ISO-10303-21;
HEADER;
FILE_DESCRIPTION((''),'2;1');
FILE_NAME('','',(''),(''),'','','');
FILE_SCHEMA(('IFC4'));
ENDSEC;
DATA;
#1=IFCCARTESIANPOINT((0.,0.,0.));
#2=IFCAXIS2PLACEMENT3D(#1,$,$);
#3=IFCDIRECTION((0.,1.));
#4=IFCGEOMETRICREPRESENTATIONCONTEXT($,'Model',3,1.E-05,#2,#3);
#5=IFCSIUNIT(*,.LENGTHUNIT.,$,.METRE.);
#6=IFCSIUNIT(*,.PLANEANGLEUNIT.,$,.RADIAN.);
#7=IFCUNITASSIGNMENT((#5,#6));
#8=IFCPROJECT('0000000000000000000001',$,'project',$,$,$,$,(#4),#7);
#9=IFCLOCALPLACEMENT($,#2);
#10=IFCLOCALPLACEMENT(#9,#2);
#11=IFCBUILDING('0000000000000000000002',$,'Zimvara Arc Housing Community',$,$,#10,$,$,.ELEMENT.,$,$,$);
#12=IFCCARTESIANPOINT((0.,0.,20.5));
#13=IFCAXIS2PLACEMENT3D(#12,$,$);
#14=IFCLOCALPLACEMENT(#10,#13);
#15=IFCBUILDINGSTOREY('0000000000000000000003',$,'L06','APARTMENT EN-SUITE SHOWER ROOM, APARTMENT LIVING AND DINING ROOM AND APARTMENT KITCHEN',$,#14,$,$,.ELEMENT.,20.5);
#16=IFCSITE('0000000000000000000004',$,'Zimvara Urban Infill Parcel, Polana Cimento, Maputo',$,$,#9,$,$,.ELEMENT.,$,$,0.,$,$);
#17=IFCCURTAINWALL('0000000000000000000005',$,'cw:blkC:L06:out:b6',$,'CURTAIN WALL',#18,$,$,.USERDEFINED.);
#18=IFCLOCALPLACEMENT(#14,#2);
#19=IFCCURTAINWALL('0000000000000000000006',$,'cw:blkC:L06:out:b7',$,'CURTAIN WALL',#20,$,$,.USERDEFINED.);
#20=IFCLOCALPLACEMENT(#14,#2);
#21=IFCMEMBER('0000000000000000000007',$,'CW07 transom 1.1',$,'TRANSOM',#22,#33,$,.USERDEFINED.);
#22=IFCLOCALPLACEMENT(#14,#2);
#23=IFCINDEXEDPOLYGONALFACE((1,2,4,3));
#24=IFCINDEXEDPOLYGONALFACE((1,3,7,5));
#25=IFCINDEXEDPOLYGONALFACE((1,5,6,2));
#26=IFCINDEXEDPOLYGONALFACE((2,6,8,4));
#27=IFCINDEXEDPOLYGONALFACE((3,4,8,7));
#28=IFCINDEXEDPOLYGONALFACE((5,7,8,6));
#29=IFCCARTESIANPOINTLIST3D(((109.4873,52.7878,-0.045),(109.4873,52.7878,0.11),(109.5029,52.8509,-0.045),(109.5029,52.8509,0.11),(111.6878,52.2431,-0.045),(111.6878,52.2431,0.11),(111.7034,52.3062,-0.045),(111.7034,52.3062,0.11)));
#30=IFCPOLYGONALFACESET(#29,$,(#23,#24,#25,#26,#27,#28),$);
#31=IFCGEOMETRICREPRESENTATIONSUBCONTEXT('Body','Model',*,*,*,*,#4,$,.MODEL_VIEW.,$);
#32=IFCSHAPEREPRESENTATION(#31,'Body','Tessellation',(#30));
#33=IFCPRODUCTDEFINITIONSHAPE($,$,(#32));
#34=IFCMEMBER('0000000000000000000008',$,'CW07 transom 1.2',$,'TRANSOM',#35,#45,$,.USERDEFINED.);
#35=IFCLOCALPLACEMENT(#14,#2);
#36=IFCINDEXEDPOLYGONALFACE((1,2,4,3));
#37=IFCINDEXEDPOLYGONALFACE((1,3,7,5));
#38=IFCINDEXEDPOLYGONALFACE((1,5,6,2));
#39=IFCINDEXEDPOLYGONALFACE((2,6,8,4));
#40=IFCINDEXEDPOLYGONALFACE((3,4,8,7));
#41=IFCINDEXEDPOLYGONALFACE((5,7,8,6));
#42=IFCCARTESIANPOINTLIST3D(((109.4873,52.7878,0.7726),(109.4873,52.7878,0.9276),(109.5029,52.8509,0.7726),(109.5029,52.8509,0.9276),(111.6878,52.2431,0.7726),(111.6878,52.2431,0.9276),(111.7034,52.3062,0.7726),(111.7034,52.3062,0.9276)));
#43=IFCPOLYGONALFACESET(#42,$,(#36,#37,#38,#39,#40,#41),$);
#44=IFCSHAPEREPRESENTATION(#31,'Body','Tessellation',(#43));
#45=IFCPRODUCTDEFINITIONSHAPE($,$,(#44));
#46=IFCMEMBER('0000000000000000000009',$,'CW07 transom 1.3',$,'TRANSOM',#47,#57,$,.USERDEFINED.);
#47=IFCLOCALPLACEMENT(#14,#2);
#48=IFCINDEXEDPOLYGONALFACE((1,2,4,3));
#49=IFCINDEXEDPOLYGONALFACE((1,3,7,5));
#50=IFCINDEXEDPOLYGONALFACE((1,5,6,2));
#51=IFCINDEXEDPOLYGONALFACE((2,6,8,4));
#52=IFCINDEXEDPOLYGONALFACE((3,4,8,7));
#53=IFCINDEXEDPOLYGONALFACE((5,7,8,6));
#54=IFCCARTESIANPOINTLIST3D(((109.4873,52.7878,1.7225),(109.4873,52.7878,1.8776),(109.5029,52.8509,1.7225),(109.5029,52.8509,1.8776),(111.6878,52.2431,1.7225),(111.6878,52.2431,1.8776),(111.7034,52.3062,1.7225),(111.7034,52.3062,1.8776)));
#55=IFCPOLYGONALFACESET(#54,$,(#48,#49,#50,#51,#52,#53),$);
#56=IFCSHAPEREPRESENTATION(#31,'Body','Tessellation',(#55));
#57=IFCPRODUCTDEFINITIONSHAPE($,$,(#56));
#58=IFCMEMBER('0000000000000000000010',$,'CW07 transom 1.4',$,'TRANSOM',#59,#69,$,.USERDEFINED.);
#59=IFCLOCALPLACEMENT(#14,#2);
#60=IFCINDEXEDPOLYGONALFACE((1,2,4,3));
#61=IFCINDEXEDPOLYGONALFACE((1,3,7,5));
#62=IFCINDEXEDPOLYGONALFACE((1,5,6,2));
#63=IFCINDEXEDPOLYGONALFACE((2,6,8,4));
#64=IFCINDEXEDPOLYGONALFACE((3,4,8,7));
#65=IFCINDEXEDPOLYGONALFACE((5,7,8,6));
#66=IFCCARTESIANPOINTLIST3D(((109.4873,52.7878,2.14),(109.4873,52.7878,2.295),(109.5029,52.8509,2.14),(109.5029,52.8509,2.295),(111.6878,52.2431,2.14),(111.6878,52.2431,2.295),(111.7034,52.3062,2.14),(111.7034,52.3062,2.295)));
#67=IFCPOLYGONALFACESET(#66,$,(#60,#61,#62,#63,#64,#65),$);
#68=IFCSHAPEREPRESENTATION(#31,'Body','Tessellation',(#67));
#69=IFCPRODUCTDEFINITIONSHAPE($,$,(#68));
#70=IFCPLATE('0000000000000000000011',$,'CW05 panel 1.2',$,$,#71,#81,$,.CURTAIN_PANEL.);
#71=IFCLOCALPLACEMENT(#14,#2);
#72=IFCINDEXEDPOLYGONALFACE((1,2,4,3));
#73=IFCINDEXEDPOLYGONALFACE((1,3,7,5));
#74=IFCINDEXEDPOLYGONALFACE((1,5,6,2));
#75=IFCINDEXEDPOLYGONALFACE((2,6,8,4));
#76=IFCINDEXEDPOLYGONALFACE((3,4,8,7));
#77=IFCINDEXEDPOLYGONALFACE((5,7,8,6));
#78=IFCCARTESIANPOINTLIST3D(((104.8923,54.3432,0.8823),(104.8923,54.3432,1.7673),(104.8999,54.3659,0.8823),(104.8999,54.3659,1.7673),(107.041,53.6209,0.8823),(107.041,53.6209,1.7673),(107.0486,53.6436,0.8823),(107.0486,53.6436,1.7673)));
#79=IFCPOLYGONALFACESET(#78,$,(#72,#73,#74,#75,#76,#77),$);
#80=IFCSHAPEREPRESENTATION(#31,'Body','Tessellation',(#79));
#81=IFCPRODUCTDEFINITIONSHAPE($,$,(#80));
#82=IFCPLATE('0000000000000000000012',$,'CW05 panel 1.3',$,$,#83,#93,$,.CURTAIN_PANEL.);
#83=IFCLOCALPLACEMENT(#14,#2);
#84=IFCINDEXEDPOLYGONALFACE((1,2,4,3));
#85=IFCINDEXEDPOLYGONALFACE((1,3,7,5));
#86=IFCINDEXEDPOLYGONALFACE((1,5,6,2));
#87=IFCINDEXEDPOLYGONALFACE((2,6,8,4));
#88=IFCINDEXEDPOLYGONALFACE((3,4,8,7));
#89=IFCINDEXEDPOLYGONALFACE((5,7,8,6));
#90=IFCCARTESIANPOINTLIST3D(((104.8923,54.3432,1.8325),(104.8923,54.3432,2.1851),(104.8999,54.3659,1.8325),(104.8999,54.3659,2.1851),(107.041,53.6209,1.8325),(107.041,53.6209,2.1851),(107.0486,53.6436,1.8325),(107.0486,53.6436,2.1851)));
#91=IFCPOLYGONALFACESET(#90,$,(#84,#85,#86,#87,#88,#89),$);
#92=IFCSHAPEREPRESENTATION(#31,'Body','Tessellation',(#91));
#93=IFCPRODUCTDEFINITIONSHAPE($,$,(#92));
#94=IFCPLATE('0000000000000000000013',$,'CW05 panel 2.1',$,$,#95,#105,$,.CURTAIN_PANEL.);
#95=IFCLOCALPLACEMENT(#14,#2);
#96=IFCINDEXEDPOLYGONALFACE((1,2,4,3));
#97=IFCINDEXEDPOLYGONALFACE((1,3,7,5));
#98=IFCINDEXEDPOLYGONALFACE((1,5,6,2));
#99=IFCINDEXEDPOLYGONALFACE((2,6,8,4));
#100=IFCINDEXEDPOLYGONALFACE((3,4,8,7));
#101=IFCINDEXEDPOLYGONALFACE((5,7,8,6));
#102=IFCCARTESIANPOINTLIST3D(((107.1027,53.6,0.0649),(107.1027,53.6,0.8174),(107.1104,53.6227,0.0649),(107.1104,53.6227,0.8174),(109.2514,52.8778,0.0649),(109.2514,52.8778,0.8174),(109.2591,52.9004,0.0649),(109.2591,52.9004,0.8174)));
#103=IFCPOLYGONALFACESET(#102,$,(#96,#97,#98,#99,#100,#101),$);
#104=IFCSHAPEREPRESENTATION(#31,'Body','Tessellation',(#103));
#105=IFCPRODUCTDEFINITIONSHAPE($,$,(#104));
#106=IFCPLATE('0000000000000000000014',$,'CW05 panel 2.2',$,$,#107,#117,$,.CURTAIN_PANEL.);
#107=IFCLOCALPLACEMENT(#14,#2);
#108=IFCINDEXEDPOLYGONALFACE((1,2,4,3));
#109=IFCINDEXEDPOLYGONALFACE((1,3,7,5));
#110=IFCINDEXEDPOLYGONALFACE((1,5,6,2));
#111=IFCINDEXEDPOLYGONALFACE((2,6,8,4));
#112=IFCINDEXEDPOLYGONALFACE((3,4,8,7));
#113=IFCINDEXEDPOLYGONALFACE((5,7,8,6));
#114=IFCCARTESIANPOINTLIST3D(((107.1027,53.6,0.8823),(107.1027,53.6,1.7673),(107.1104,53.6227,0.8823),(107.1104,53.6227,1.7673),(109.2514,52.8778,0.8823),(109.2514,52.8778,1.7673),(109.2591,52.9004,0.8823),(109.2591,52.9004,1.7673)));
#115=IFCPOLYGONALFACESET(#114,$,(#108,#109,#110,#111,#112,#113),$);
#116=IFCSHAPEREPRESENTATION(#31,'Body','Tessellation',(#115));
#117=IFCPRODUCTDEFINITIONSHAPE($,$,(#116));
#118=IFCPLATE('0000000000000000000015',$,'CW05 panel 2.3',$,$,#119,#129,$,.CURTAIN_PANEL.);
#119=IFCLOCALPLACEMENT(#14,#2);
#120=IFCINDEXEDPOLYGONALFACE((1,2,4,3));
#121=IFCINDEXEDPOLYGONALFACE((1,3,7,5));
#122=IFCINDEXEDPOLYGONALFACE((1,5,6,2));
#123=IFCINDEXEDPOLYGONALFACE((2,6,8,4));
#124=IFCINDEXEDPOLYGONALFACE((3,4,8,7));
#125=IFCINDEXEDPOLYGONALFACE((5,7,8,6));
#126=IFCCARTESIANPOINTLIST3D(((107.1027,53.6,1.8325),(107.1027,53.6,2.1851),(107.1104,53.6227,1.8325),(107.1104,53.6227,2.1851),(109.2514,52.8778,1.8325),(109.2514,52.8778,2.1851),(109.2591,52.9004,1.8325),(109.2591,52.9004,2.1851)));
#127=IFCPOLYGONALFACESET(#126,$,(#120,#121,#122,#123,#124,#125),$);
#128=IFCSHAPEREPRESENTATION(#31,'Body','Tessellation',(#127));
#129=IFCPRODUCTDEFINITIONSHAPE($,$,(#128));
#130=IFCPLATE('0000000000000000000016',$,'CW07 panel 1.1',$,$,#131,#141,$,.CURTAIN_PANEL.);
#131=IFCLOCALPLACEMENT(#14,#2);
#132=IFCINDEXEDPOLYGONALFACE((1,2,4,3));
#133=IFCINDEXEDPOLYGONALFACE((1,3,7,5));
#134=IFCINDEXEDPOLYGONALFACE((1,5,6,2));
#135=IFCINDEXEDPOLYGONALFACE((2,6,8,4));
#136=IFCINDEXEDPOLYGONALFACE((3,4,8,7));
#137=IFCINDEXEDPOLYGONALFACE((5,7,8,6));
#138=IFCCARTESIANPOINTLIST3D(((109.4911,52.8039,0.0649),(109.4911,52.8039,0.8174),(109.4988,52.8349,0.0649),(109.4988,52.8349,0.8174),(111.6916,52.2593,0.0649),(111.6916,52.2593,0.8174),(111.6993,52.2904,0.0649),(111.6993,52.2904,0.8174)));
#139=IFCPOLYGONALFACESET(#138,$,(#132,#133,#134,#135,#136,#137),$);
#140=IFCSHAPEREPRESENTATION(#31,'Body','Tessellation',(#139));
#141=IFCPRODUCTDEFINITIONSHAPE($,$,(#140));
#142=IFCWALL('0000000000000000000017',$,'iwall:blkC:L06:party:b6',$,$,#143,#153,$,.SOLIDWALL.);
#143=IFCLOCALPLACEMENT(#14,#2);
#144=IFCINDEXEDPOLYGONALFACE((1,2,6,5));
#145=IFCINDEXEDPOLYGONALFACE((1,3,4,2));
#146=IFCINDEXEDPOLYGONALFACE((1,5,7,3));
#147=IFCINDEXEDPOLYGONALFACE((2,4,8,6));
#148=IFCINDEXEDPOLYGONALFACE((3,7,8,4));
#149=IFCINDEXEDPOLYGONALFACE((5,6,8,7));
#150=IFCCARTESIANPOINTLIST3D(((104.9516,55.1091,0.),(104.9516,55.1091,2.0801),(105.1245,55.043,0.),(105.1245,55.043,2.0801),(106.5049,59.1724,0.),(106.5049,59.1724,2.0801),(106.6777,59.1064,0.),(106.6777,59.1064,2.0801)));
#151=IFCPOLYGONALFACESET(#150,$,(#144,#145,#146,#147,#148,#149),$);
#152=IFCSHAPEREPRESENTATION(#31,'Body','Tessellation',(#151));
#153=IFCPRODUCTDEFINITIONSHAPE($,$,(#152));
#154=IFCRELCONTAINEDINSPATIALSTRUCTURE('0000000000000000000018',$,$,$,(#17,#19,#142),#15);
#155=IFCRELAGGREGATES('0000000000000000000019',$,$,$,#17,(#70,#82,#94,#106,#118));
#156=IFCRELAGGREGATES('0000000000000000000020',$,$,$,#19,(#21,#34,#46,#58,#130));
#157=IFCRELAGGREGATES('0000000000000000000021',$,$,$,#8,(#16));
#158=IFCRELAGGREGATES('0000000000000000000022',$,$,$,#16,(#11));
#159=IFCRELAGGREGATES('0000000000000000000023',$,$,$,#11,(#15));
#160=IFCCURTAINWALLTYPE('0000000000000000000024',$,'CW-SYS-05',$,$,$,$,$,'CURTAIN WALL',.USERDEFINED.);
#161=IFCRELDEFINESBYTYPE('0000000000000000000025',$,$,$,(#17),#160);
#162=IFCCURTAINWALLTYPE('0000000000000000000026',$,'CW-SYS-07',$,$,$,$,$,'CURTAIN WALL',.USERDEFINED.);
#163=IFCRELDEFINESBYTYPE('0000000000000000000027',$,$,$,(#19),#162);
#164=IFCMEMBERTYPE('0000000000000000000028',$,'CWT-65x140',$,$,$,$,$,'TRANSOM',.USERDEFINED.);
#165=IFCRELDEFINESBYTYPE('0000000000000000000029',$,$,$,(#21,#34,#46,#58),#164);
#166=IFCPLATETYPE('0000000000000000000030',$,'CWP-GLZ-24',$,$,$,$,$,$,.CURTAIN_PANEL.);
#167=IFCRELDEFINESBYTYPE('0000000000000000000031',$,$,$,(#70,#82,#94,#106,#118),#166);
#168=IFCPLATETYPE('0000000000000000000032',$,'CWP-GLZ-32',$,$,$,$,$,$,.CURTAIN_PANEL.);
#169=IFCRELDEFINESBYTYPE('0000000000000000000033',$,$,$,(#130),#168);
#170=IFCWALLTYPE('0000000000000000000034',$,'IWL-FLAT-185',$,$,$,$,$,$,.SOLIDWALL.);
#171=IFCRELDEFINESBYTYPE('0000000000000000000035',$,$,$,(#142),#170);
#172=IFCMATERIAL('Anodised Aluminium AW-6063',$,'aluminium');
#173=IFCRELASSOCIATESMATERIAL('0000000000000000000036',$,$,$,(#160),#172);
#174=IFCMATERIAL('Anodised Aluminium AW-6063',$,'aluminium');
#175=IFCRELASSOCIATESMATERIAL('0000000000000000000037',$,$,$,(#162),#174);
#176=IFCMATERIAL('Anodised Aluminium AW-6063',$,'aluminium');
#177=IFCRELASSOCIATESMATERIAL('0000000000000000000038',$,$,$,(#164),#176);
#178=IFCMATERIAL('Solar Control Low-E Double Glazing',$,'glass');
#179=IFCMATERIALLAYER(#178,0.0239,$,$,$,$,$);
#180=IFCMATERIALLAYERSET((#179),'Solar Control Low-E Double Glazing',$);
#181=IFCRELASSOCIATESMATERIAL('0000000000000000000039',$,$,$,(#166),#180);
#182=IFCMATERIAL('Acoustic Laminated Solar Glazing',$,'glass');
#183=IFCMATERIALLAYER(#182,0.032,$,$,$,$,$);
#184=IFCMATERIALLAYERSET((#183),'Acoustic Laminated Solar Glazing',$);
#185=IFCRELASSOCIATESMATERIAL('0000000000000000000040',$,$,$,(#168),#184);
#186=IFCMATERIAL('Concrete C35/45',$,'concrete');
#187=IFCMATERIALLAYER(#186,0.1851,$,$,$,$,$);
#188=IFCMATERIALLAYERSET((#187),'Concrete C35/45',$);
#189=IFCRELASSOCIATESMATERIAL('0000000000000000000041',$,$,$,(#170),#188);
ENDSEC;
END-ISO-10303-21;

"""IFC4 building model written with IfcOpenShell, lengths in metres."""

from ifc_helpers import new_model, si_unit, direction, frame, frame_2d, origin, origin_2d, place, context, subcontext, project, spatial, rectangle, extrude, material, layer, layer_set, material_profile, profile_set, type_object, element, aggregate, save


model = new_model("IFC4")

# Units and contexts
model_context = context("Model", 3, precision=1e-05, world=origin(), true_north=direction((0.0, 1.0)))
body_context = subcontext(model_context, "Body", "Model", "MODEL_VIEW")
ifc_project = project(units=[si_unit("LENGTHUNIT", "METRE"), si_unit("PLANEANGLEUNIT", "RADIAN")], contexts=[model_context])

# Site, building, storey
site_placement = place(None, origin())
site = spatial("IfcSite", under=ifc_project, at=site_placement, Name="Zimvara Urban Infill Parcel, Polana Cimento, Maputo", CompositionType="ELEMENT", RefElevation=0.0)
building_placement = place(site_placement, origin())
building = spatial("IfcBuilding", under=site, at=building_placement, Name="Zimvara Arc Housing Community", CompositionType="ELEMENT")
storey_placement = place(building_placement, frame((0.0, 0.0, 20.5)))
storey = spatial("IfcBuildingStorey", under=building, at=storey_placement, Name="L06", Description="APARTMENT EN-SUITE SHOWER ROOM, APARTMENT LIVING AND DINING ROOM AND APARTMENT KITCHEN", CompositionType="ELEMENT", Elevation=20.5)

# Curtain wall
ifc_material_1 = material(Name="Anodised Aluminium AW-6063", Category="aluminium")
curtain_wall_type_1 = type_object("IfcCurtainWallType", Name="CW-SYS-05", ElementType="CURTAIN WALL", PredefinedType="USERDEFINED", material=ifc_material_1)
curtain_wall_1_placement = place(storey_placement, origin())
curtain_wall_1 = element("IfcCurtainWall", 1, at=curtain_wall_1_placement, inside=storey, type_object=curtain_wall_type_1, Name="cw:blkC:L06:out:b6", ObjectType="CURTAIN WALL", PredefinedType="USERDEFINED")

# Curtain wall
ifc_material_2 = material(Name="Anodised Aluminium AW-6063", Category="aluminium")
curtain_wall_type_2 = type_object("IfcCurtainWallType", Name="CW-SYS-07", ElementType="CURTAIN WALL", PredefinedType="USERDEFINED", material=ifc_material_2)
curtain_wall_2_placement = place(storey_placement, origin())
curtain_wall_2 = element("IfcCurtainWall", 2, at=curtain_wall_2_placement, inside=storey, type_object=curtain_wall_type_2, Name="cw:blkC:L06:out:b7", ObjectType="CURTAIN WALL", PredefinedType="USERDEFINED")

# Members
ifc_material_3 = material(Name="Anodised Aluminium AW-6063", Category="aluminium")
ifc_material_profile_1 = material_profile(ifc_material_3, rectangle(XDim=0.0649, YDim=0.155, at=origin_2d()), Name="ALU 65x155")
ifc_profile_set_1 = profile_set([ifc_material_profile_1], Name="Anodised Aluminium AW-6063")
member_type_1 = type_object("IfcMemberType", Name="CWT-65x140", ElementType="TRANSOM", PredefinedType="USERDEFINED", material=ifc_profile_set_1)
member_1_placement = place(storey_placement, frame((109.4951, 52.8193, 0.0325), z_axis=(0.970704, -0.24028, 0.0), x_axis=(0.24028, 0.970704, 0.0)))
member_1 = element("IfcMember", 3, at=member_1_placement, type_object=member_type_1, Name="CW07 transom 1.1", ObjectType="TRANSOM", PredefinedType="USERDEFINED", context=body_context, shape_type="SweptSolid", body=[
    extrude(rectangle(XDim=0.0649, YDim=0.155, at=origin_2d()), origin(), (0.0, 0.0, 1.0), 2.2668),
])
member_2_placement = place(storey_placement, frame((109.4951, 52.8193, 0.8501), z_axis=(0.970704, -0.24028, 0.0), x_axis=(0.24028, 0.970704, 0.0)))
member_2 = element("IfcMember", 4, at=member_2_placement, type_object=member_type_1, Name="CW07 transom 1.2", ObjectType="TRANSOM", PredefinedType="USERDEFINED", context=body_context, shape_type="SweptSolid", body=[
    extrude(rectangle(XDim=0.0649, YDim=0.155, at=origin_2d()), origin(), (0.0, 0.0, 1.0), 2.2668),
])
member_3_placement = place(storey_placement, frame((109.4951, 52.8193, 1.8), z_axis=(0.970704, -0.24028, 0.0), x_axis=(0.24028, 0.970704, 0.0)))
member_3 = element("IfcMember", 5, at=member_3_placement, type_object=member_type_1, Name="CW07 transom 1.3", ObjectType="TRANSOM", PredefinedType="USERDEFINED", context=body_context, shape_type="SweptSolid", body=[
    extrude(rectangle(XDim=0.0649, YDim=0.155, at=origin_2d()), origin(), (0.0, 0.0, 1.0), 2.2668),
])
member_4_placement = place(storey_placement, frame((109.4951, 52.8193, 2.2175), z_axis=(0.970704, -0.24028, 0.0), x_axis=(0.24028, 0.970704, 0.0)))
member_4 = element("IfcMember", 6, at=member_4_placement, type_object=member_type_1, Name="CW07 transom 1.4", ObjectType="TRANSOM", PredefinedType="USERDEFINED", context=body_context, shape_type="SweptSolid", body=[
    extrude(rectangle(XDim=0.0649, YDim=0.155, at=origin_2d()), origin(), (0.0, 0.0, 1.0), 2.2668),
])

# Plates
ifc_material_4 = material(Name="Solar Control Low-E Double Glazing", Category="glass")
ifc_layer_1 = layer(ifc_material_4, 0.0239)
ifc_layer_set_1 = layer_set([ifc_layer_1], Name="Solar Control Low-E Double Glazing")
plate_type_1 = type_object("IfcPlateType", Name="CWP-GLZ-24", PredefinedType="CURTAIN_PANEL", material=ifc_layer_set_1)
plate_1_placement = place(storey_placement, frame((105.9705, 53.9934, 0.8823), z_axis=(0.0, 0.0, 1.0), x_axis=(0.94788, -0.318629, 0.0)))
plate_1 = element("IfcPlate", 7, at=plate_1_placement, type_object=plate_type_1, Name="CW05 panel 1.2", PredefinedType="CURTAIN_PANEL", context=body_context, shape_type="SweptSolid", body=[
    extrude(rectangle(XDim=2.2668, YDim=0.0239, at=origin_2d()), origin(), (0.0, 0.0, 1.0), 0.885),
])
plate_2_placement = place(storey_placement, frame((105.9705, 53.9934, 1.8325), z_axis=(0.0, 0.0, 1.0), x_axis=(0.94788, -0.318629, 0.0)))
plate_2 = element("IfcPlate", 8, at=plate_2_placement, type_object=plate_type_1, Name="CW05 panel 1.3", PredefinedType="CURTAIN_PANEL", context=body_context, shape_type="SweptSolid", body=[
    extrude(rectangle(XDim=2.2668, YDim=0.0239, at=origin_2d()), origin(), (0.0, 0.0, 1.0), 0.3525),
])
plate_3_placement = place(storey_placement, frame((108.1809, 53.2502, 0.0649), z_axis=(0.0, 0.0, 1.0), x_axis=(0.94788, -0.318629, 0.0)))
plate_3 = element("IfcPlate", 9, at=plate_3_placement, type_object=plate_type_1, Name="CW05 panel 2.1", PredefinedType="CURTAIN_PANEL", context=body_context, shape_type="SweptSolid", body=[
    extrude(rectangle(XDim=2.2668, YDim=0.0239, at=origin_2d()), origin(), (0.0, 0.0, 1.0), 0.7524),
])
plate_4_placement = place(storey_placement, frame((108.1809, 53.2502, 0.8823), z_axis=(0.0, 0.0, 1.0), x_axis=(0.94788, -0.318629, 0.0)))
plate_4 = element("IfcPlate", 10, at=plate_4_placement, type_object=plate_type_1, Name="CW05 panel 2.2", PredefinedType="CURTAIN_PANEL", context=body_context, shape_type="SweptSolid", body=[
    extrude(rectangle(XDim=2.2668, YDim=0.0239, at=origin_2d()), origin(), (0.0, 0.0, 1.0), 0.885),
])
plate_5_placement = place(storey_placement, frame((108.1809, 53.2502, 1.8325), z_axis=(0.0, 0.0, 1.0), x_axis=(0.94788, -0.318629, 0.0)))
plate_5 = element("IfcPlate", 11, at=plate_5_placement, type_object=plate_type_1, Name="CW05 panel 2.3", PredefinedType="CURTAIN_PANEL", context=body_context, shape_type="SweptSolid", body=[
    extrude(rectangle(XDim=2.2668, YDim=0.0239, at=origin_2d()), origin(), (0.0, 0.0, 1.0), 0.3525),
])
aggregate(curtain_wall_1, [plate_1, plate_2, plate_3, plate_4, plate_5])
ifc_material_5 = material(Name="Acoustic Laminated Solar Glazing", Category="glass")
ifc_layer_2 = layer(ifc_material_5, 0.032)
ifc_layer_set_2 = layer_set([ifc_layer_2], Name="Acoustic Laminated Solar Glazing")
plate_type_2 = type_object("IfcPlateType", Name="CWP-GLZ-32", PredefinedType="CURTAIN_PANEL", material=ifc_layer_set_2)
plate_6_placement = place(storey_placement, frame((110.5952, 52.5471, 0.0649), z_axis=(0.0, 0.0, 1.0), x_axis=(0.970716, -0.24023, 0.0)))
plate_6 = element("IfcPlate", 12, at=plate_6_placement, type_object=plate_type_2, Name="CW07 panel 1.1", PredefinedType="CURTAIN_PANEL", context=body_context, shape_type="SweptSolid", body=[
    extrude(rectangle(XDim=2.2668, YDim=0.032, at=origin_2d()), origin(), (0.0, 0.0, 1.0), 0.7524),
])
aggregate(curtain_wall_2, [member_1, member_2, member_3, member_4, plate_6])

# Wall
ifc_material_6 = material(Name="Concrete C35/45", Category="concrete")
ifc_layer_3 = layer(ifc_material_6, 0.1851)
ifc_layer_set_3 = layer_set([ifc_layer_3], Name="Concrete C35/45")
wall_type_1 = type_object("IfcWallType", Name="IWL-FLAT-185", PredefinedType="SOLIDWALL", material=ifc_layer_set_3)
wall_1_placement = place(storey_placement, frame((106.5913, 59.1394, 0.0), z_axis=(0.0, 0.0, 1.0), x_axis=(-0.357064, -0.93408, 0.0)))
element("IfcWall", 13, at=wall_1_placement, inside=storey, type_object=wall_type_1, Name="iwall:blkC:L06:party:b6", PredefinedType="SOLIDWALL", context=body_context, shape_type="SweptSolid", body=[
    extrude(rectangle(XDim=4.3501, YDim=0.1851, at=frame_2d((2.175, 0.0))), origin(), (0.0, 0.0, 1.0), 2.0801),
])

save(model, "model.ifc")
